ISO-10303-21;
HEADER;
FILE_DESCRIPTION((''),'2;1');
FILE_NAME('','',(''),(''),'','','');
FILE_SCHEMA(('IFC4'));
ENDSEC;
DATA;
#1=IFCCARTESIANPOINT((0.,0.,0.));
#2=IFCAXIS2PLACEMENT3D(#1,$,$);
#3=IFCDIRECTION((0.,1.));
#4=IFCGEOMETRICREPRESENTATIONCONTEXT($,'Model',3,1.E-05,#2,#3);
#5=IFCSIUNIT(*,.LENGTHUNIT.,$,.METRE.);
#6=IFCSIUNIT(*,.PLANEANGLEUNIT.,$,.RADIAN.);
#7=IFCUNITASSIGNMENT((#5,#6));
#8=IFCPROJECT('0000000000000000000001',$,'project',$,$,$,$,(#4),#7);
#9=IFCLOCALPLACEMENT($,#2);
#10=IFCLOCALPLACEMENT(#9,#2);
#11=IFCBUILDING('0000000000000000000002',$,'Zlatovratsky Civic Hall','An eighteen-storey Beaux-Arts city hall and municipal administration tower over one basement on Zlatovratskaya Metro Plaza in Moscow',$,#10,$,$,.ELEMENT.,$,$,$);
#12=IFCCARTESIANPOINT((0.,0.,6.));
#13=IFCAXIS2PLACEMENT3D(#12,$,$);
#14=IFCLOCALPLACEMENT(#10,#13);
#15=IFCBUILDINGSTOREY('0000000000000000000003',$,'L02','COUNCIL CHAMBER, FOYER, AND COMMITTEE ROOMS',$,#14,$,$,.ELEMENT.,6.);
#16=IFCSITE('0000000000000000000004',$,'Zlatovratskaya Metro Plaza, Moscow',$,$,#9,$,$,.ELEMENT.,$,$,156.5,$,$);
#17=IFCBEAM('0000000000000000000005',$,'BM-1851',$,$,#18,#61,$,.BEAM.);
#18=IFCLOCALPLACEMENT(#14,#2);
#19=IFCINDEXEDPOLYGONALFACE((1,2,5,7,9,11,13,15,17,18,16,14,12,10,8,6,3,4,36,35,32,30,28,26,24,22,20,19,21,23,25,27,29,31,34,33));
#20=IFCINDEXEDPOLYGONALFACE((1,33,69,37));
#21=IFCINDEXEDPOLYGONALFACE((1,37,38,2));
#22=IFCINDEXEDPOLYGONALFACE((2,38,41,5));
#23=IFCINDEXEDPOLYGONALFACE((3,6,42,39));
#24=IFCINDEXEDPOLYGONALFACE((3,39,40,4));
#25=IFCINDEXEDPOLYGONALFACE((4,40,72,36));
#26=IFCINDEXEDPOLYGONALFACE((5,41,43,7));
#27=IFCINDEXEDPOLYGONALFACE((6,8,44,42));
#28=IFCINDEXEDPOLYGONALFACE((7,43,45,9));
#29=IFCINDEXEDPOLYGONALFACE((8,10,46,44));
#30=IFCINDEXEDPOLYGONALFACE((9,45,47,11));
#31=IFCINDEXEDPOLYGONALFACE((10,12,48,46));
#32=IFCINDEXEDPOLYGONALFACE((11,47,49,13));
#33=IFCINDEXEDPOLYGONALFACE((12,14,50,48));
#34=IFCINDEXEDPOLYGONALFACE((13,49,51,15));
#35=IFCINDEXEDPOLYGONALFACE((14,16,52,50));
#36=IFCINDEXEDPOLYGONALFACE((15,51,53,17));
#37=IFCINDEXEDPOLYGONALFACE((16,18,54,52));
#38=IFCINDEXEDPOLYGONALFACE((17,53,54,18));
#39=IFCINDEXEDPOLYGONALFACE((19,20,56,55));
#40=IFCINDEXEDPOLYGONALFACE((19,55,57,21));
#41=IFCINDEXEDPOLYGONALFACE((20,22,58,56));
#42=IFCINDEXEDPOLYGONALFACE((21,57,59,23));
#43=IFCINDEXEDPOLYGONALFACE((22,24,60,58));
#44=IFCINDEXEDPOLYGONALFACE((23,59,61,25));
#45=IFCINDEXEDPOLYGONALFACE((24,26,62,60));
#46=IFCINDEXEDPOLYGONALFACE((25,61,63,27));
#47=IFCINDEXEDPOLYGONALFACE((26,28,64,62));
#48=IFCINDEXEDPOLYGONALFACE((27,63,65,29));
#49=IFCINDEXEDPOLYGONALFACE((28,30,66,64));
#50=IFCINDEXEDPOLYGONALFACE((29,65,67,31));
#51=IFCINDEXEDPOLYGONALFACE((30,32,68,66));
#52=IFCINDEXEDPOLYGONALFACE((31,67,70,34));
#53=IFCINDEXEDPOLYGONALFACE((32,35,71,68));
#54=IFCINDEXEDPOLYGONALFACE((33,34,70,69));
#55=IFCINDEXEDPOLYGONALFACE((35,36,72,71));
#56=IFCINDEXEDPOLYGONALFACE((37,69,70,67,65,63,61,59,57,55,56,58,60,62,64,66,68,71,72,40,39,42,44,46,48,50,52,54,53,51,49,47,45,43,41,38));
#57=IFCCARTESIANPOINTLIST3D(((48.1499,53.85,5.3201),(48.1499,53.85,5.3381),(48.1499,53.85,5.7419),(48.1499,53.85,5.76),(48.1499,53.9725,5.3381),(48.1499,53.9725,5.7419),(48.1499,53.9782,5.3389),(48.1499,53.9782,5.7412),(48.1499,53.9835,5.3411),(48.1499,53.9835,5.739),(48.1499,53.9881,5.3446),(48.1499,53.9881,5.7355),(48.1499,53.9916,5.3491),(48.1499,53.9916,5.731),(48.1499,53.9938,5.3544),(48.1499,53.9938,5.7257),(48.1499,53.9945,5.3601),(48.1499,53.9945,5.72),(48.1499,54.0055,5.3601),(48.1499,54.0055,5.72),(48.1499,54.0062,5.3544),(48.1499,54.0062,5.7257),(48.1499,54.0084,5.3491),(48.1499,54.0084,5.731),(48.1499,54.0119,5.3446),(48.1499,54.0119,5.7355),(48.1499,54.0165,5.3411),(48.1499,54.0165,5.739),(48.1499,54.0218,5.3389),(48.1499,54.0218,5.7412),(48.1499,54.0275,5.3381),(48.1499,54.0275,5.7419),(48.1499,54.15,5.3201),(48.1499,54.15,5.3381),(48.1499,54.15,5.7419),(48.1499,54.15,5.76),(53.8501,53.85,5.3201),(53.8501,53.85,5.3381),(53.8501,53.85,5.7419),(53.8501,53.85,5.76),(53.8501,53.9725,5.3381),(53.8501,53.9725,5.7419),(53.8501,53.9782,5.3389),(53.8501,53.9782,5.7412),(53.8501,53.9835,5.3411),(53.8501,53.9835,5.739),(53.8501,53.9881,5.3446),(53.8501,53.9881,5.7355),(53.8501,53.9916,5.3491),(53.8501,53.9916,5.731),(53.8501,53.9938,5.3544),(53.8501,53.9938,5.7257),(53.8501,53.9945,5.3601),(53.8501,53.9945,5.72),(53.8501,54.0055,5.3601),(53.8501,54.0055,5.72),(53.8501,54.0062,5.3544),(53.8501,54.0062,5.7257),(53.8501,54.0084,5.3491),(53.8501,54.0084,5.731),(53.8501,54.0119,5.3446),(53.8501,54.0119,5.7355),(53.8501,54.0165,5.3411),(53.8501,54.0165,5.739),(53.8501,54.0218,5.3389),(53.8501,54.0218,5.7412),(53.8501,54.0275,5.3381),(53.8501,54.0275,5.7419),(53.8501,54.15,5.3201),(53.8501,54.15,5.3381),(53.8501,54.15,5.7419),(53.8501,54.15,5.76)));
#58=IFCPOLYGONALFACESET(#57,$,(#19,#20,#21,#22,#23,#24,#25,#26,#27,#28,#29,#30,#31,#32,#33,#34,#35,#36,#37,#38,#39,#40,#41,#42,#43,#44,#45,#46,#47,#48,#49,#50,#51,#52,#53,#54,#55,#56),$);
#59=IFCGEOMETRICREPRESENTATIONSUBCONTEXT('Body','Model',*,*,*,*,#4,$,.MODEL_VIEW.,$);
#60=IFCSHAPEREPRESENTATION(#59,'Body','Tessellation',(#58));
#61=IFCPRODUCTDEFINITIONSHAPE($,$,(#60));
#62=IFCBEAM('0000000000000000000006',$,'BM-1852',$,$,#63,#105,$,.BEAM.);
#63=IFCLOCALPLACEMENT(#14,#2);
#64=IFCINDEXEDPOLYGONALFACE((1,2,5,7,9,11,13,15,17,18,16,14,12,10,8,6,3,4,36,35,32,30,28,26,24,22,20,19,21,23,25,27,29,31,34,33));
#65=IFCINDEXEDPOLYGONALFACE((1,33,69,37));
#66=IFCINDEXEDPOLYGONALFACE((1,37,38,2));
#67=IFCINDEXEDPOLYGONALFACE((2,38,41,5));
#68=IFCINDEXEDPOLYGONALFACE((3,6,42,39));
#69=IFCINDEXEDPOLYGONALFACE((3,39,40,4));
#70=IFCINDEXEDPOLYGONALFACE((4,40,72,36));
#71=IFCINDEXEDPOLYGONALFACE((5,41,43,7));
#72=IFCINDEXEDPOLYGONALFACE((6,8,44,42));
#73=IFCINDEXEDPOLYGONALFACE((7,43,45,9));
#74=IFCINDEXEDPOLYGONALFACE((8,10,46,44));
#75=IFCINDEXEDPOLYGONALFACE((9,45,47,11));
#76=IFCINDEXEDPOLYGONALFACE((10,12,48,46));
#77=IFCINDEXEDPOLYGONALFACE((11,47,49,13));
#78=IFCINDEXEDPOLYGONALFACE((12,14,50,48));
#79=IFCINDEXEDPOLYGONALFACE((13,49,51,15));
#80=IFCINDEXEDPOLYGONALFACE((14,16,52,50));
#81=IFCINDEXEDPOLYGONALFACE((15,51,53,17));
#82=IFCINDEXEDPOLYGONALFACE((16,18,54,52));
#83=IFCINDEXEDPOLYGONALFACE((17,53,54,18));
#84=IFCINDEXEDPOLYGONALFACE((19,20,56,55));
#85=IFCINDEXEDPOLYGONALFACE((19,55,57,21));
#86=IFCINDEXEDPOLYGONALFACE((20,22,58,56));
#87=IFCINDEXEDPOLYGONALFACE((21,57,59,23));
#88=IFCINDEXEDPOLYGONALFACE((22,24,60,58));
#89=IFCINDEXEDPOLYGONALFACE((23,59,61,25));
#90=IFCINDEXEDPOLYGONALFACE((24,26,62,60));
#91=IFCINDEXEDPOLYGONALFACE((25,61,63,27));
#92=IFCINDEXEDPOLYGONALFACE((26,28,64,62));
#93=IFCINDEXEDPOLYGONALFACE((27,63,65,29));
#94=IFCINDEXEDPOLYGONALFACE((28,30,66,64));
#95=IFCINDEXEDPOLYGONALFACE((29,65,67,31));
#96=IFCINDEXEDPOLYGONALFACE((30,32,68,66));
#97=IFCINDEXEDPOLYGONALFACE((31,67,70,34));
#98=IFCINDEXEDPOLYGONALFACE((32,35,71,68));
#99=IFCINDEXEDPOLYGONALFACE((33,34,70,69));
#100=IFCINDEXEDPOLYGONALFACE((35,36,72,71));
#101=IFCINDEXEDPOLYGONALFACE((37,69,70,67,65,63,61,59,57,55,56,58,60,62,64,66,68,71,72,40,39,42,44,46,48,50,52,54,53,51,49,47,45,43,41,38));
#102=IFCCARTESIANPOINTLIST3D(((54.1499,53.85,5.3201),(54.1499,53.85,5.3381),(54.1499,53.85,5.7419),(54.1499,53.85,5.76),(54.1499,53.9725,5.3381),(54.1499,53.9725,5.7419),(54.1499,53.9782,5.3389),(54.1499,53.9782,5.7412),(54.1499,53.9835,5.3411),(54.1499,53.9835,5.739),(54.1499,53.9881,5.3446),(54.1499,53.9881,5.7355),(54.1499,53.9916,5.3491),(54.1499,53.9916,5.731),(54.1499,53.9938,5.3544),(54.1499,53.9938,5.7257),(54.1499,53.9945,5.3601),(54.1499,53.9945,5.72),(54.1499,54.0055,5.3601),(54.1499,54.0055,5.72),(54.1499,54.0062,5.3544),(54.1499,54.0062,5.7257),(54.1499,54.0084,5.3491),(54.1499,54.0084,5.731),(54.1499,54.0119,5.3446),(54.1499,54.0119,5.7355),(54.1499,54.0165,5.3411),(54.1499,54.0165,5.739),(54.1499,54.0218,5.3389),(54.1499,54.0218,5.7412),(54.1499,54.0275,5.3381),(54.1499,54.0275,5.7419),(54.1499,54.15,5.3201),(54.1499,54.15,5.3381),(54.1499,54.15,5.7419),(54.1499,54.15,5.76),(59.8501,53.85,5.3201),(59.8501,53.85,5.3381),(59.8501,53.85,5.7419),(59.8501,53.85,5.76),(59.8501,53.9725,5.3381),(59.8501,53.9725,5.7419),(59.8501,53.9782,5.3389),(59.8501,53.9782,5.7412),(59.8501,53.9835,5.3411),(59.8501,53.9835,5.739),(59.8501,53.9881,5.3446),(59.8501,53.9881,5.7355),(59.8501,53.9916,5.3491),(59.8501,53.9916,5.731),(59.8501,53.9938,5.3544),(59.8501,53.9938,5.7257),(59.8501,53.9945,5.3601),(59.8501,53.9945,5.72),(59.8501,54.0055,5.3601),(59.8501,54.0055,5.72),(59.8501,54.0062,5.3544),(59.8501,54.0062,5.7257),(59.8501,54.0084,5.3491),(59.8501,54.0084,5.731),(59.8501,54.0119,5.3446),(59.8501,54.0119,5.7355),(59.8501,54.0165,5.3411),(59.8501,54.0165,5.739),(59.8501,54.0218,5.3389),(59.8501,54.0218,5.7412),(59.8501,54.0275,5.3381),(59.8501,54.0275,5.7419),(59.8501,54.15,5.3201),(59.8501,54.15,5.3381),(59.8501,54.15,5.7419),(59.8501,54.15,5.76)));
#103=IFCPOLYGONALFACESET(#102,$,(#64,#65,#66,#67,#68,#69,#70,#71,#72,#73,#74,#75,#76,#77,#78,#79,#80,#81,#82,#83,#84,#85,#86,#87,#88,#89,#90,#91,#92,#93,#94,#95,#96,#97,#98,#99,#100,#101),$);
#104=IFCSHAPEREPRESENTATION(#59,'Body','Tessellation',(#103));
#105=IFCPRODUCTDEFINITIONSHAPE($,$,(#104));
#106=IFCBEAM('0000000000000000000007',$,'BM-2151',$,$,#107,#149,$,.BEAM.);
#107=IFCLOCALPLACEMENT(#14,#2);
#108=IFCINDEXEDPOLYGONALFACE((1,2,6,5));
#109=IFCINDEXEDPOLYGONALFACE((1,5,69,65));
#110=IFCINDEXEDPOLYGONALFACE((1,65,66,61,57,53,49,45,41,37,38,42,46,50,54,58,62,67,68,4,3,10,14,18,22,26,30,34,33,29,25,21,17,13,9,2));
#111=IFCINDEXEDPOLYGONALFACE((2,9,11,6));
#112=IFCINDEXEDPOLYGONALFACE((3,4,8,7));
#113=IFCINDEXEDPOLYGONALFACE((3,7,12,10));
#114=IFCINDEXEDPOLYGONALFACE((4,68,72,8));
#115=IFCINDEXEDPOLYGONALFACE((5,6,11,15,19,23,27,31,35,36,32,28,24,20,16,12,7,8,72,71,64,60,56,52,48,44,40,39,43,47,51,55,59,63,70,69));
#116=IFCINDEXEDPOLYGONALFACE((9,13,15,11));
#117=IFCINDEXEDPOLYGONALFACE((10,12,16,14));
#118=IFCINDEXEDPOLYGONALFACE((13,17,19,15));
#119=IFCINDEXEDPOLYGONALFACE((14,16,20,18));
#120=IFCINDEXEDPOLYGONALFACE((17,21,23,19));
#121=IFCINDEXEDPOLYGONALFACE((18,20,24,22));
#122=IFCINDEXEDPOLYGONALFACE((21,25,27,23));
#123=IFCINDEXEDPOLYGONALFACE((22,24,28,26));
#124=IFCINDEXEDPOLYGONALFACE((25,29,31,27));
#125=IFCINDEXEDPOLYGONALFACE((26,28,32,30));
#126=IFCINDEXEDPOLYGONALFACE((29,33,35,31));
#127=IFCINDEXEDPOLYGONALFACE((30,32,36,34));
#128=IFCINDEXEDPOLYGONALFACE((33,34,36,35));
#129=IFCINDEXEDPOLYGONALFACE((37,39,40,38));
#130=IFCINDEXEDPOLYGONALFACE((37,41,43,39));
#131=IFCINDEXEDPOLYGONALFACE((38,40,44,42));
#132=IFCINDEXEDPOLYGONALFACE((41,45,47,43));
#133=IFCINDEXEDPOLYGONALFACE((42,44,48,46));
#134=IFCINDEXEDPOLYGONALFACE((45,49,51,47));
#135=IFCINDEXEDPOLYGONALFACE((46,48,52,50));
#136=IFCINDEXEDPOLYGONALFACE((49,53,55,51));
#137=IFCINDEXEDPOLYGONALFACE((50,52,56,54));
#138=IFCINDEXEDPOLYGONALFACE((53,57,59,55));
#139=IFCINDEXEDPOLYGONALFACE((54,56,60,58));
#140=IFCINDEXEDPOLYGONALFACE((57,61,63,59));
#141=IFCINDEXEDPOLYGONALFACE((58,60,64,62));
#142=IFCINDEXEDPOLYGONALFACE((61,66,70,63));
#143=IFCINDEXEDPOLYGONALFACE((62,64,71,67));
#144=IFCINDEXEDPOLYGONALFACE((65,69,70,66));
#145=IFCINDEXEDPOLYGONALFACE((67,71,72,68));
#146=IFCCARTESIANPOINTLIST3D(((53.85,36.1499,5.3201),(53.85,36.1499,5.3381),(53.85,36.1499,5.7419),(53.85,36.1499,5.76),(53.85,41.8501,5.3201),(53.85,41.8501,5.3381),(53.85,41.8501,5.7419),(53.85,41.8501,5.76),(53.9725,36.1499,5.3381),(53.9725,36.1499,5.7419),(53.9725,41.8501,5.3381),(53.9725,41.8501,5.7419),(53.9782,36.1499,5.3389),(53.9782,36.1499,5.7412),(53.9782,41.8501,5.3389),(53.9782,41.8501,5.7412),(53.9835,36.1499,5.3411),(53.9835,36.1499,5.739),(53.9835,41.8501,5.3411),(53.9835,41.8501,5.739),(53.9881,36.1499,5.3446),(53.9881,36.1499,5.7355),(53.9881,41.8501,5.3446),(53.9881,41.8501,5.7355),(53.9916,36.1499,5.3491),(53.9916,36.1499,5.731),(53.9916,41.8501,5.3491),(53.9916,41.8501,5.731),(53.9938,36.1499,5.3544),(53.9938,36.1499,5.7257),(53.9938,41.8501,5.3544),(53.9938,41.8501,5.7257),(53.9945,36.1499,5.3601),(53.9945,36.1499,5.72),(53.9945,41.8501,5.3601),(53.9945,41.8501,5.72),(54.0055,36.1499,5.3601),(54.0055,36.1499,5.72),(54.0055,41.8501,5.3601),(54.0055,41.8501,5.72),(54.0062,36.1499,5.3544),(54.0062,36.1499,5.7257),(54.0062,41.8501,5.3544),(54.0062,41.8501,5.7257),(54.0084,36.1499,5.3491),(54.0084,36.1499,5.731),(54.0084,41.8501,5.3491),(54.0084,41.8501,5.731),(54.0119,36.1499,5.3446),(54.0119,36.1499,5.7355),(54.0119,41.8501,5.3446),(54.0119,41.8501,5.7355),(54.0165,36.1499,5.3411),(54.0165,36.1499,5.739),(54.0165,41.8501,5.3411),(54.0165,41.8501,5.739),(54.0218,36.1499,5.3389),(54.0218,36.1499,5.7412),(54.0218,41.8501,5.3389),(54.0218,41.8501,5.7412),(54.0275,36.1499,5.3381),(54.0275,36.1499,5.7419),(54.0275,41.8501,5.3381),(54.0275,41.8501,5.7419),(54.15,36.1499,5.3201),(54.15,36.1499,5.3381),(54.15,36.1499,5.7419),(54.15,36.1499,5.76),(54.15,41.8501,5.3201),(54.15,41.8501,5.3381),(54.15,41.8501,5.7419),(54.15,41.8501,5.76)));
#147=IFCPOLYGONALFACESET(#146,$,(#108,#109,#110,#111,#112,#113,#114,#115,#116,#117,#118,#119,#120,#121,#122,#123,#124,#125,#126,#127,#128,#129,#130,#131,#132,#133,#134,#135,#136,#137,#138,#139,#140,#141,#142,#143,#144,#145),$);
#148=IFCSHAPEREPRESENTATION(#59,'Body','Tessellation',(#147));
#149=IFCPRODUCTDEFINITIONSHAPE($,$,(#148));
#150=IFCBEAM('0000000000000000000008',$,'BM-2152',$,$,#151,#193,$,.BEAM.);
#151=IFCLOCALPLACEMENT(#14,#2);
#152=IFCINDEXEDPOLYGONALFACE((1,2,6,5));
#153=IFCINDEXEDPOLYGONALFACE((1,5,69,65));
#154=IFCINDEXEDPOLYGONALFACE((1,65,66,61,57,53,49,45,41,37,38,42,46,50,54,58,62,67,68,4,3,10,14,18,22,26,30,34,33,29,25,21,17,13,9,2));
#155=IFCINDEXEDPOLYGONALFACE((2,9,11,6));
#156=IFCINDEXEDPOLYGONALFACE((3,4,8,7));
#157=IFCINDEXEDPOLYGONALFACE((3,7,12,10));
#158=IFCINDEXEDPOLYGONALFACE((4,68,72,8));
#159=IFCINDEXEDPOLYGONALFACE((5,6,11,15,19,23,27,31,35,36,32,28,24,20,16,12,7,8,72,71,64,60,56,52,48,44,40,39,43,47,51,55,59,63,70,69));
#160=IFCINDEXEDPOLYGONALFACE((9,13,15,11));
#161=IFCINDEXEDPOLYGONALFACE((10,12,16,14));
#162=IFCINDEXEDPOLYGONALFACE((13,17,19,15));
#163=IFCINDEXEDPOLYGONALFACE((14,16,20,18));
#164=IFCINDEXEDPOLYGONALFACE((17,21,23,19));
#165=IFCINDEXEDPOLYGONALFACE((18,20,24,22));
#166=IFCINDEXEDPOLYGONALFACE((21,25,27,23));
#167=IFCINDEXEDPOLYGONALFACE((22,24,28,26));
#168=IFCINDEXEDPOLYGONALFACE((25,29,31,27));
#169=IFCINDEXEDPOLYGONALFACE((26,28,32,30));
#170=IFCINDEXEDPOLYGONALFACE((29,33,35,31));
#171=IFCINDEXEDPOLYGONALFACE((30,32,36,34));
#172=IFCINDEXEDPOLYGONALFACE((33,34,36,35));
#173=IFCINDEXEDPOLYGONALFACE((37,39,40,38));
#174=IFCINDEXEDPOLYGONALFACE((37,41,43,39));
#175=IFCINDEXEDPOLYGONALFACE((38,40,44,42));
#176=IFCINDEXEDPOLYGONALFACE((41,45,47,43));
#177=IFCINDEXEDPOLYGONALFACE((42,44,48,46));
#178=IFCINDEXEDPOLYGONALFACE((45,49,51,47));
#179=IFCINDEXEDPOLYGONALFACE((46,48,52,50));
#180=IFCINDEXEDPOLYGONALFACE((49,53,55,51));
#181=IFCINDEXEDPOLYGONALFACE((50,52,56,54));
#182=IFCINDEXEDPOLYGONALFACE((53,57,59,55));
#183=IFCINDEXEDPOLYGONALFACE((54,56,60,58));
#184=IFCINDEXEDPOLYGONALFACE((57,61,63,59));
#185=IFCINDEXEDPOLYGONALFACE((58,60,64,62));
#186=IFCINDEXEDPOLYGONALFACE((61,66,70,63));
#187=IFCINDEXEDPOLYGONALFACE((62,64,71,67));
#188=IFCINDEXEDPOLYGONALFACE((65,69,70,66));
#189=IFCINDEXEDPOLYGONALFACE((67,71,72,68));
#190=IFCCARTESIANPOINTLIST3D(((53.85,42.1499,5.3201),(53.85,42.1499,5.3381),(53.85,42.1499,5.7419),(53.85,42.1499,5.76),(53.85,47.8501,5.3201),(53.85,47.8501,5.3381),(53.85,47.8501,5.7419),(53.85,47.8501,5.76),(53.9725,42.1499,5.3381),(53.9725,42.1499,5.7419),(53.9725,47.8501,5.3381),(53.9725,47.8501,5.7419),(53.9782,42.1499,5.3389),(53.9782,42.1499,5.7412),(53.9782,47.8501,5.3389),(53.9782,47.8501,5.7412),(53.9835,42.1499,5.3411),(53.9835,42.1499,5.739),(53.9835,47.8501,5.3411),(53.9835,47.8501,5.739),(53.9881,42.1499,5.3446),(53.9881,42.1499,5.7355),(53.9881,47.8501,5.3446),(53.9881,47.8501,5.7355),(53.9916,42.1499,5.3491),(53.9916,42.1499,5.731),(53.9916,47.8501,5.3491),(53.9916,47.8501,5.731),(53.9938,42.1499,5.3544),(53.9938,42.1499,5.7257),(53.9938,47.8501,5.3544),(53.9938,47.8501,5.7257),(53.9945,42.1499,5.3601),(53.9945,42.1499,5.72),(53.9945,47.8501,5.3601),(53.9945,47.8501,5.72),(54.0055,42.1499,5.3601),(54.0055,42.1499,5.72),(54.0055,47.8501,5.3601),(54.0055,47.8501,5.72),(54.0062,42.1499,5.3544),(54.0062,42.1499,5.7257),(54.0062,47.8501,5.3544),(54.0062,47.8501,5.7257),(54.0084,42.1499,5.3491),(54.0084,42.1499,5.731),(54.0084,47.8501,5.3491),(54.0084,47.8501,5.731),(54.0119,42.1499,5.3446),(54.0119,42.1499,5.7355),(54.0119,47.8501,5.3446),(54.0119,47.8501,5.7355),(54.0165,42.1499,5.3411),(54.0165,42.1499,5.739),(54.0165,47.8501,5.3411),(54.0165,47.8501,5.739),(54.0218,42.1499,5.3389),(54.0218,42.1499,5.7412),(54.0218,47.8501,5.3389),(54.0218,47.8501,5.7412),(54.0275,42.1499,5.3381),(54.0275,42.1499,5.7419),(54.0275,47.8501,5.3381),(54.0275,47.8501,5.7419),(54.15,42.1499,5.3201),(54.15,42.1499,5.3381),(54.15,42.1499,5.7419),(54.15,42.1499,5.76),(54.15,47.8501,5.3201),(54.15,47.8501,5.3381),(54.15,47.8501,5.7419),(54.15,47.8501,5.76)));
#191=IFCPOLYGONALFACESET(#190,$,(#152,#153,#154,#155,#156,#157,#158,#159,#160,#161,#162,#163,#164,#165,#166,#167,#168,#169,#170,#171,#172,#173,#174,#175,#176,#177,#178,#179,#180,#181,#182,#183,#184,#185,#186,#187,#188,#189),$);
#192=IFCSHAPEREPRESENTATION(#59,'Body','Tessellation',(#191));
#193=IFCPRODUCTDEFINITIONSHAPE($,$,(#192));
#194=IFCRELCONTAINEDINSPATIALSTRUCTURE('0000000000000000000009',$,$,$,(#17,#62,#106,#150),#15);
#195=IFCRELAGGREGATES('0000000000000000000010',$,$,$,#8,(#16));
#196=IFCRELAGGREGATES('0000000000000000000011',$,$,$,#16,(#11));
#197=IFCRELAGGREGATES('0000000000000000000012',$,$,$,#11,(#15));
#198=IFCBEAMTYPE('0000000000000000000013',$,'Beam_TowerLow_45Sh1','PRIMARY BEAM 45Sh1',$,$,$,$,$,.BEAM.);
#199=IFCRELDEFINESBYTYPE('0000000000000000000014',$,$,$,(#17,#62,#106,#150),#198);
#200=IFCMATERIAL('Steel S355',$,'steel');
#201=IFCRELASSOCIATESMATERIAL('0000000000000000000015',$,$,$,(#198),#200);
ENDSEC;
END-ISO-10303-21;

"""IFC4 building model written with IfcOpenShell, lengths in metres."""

from ifc_helpers import new_model, si_unit, direction, frame, origin, origin_2d, place, context, subcontext, project, spatial, i_section, extrude, material, material_profile, profile_set, type_object, element, save


model = new_model("IFC4")

# Units and contexts
model_context = context("Model", 3, precision=1e-05, world=origin(), true_north=direction((0.0, 1.0)))
body_context = subcontext(model_context, "Body", "Model", "MODEL_VIEW")
ifc_project = project(units=[si_unit("LENGTHUNIT", "METRE"), si_unit("PLANEANGLEUNIT", "RADIAN")], contexts=[model_context])

# Site, building, storey
site_placement = place(None, origin())
site = spatial("IfcSite", under=ifc_project, at=site_placement, Name="Zlatovratskaya Metro Plaza, Moscow", CompositionType="ELEMENT", RefElevation=156.5)
building_placement = place(site_placement, origin())
building = spatial("IfcBuilding", under=site, at=building_placement, Name="Zlatovratsky Civic Hall", Description="An eighteen-storey Beaux-Arts city hall and municipal administration tower over one basement on Zlatovratskaya Metro Plaza in Moscow", CompositionType="ELEMENT")
storey_placement = place(building_placement, frame((0.0, 0.0, 6.0)))
storey = spatial("IfcBuildingStorey", under=building, at=storey_placement, Name="L02", Description="COUNCIL CHAMBER, FOYER, AND COMMITTEE ROOMS", CompositionType="ELEMENT", Elevation=6.0)

# Shared definitions
ifc_material_1 = material(Name="Steel S355", Category="steel")

# Beams
ifc_material_profile_1 = material_profile(ifc_material_1, i_section(OverallWidth=0.3, OverallDepth=0.4399, WebThickness=0.011, FlangeThickness=0.0181, FilletRadius=0.022, at=origin_2d()), Name="45Sh1")
ifc_profile_set_1 = profile_set([ifc_material_profile_1], Name="Steel S355")
beam_type = type_object("IfcBeamType", Name="Beam_TowerLow_45Sh1", Description="PRIMARY BEAM 45Sh1", PredefinedType="BEAM", material=ifc_profile_set_1)
for number, where, z_axis, x_axis, name in (
    (1, (48.1499, 54.0, 5.54), (1.0, 0.0, 0.0), (0.0, 1.0, 0.0), "BM-1851"),
    (2, (54.1499, 54.0, 5.54), (1.0, 0.0, 0.0), (0.0, 1.0, 0.0), "BM-1852"),
    (3, (54.0, 36.1499, 5.54), (0.0, 1.0, 0.0), (-1.0, 0.0, 0.0), "BM-2151"),
    (4, (54.0, 42.1499, 5.54), (0.0, 1.0, 0.0), (-1.0, 0.0, 0.0), "BM-2152"),
):
    element("IfcBeam", number, at=place(storey_placement, frame(where, z_axis=z_axis, x_axis=x_axis)), inside=storey, type_object=beam_type, Name=name, PredefinedType="BEAM", context=body_context, shape_type="SweptSolid", body=[
        extrude(i_section(OverallWidth=0.3, OverallDepth=0.4399, WebThickness=0.011, FlangeThickness=0.0181, FilletRadius=0.022, at=origin_2d()), origin(), (0.0, 0.0, 1.0), 5.7002),
    ])

save(model, "model.ifc")
